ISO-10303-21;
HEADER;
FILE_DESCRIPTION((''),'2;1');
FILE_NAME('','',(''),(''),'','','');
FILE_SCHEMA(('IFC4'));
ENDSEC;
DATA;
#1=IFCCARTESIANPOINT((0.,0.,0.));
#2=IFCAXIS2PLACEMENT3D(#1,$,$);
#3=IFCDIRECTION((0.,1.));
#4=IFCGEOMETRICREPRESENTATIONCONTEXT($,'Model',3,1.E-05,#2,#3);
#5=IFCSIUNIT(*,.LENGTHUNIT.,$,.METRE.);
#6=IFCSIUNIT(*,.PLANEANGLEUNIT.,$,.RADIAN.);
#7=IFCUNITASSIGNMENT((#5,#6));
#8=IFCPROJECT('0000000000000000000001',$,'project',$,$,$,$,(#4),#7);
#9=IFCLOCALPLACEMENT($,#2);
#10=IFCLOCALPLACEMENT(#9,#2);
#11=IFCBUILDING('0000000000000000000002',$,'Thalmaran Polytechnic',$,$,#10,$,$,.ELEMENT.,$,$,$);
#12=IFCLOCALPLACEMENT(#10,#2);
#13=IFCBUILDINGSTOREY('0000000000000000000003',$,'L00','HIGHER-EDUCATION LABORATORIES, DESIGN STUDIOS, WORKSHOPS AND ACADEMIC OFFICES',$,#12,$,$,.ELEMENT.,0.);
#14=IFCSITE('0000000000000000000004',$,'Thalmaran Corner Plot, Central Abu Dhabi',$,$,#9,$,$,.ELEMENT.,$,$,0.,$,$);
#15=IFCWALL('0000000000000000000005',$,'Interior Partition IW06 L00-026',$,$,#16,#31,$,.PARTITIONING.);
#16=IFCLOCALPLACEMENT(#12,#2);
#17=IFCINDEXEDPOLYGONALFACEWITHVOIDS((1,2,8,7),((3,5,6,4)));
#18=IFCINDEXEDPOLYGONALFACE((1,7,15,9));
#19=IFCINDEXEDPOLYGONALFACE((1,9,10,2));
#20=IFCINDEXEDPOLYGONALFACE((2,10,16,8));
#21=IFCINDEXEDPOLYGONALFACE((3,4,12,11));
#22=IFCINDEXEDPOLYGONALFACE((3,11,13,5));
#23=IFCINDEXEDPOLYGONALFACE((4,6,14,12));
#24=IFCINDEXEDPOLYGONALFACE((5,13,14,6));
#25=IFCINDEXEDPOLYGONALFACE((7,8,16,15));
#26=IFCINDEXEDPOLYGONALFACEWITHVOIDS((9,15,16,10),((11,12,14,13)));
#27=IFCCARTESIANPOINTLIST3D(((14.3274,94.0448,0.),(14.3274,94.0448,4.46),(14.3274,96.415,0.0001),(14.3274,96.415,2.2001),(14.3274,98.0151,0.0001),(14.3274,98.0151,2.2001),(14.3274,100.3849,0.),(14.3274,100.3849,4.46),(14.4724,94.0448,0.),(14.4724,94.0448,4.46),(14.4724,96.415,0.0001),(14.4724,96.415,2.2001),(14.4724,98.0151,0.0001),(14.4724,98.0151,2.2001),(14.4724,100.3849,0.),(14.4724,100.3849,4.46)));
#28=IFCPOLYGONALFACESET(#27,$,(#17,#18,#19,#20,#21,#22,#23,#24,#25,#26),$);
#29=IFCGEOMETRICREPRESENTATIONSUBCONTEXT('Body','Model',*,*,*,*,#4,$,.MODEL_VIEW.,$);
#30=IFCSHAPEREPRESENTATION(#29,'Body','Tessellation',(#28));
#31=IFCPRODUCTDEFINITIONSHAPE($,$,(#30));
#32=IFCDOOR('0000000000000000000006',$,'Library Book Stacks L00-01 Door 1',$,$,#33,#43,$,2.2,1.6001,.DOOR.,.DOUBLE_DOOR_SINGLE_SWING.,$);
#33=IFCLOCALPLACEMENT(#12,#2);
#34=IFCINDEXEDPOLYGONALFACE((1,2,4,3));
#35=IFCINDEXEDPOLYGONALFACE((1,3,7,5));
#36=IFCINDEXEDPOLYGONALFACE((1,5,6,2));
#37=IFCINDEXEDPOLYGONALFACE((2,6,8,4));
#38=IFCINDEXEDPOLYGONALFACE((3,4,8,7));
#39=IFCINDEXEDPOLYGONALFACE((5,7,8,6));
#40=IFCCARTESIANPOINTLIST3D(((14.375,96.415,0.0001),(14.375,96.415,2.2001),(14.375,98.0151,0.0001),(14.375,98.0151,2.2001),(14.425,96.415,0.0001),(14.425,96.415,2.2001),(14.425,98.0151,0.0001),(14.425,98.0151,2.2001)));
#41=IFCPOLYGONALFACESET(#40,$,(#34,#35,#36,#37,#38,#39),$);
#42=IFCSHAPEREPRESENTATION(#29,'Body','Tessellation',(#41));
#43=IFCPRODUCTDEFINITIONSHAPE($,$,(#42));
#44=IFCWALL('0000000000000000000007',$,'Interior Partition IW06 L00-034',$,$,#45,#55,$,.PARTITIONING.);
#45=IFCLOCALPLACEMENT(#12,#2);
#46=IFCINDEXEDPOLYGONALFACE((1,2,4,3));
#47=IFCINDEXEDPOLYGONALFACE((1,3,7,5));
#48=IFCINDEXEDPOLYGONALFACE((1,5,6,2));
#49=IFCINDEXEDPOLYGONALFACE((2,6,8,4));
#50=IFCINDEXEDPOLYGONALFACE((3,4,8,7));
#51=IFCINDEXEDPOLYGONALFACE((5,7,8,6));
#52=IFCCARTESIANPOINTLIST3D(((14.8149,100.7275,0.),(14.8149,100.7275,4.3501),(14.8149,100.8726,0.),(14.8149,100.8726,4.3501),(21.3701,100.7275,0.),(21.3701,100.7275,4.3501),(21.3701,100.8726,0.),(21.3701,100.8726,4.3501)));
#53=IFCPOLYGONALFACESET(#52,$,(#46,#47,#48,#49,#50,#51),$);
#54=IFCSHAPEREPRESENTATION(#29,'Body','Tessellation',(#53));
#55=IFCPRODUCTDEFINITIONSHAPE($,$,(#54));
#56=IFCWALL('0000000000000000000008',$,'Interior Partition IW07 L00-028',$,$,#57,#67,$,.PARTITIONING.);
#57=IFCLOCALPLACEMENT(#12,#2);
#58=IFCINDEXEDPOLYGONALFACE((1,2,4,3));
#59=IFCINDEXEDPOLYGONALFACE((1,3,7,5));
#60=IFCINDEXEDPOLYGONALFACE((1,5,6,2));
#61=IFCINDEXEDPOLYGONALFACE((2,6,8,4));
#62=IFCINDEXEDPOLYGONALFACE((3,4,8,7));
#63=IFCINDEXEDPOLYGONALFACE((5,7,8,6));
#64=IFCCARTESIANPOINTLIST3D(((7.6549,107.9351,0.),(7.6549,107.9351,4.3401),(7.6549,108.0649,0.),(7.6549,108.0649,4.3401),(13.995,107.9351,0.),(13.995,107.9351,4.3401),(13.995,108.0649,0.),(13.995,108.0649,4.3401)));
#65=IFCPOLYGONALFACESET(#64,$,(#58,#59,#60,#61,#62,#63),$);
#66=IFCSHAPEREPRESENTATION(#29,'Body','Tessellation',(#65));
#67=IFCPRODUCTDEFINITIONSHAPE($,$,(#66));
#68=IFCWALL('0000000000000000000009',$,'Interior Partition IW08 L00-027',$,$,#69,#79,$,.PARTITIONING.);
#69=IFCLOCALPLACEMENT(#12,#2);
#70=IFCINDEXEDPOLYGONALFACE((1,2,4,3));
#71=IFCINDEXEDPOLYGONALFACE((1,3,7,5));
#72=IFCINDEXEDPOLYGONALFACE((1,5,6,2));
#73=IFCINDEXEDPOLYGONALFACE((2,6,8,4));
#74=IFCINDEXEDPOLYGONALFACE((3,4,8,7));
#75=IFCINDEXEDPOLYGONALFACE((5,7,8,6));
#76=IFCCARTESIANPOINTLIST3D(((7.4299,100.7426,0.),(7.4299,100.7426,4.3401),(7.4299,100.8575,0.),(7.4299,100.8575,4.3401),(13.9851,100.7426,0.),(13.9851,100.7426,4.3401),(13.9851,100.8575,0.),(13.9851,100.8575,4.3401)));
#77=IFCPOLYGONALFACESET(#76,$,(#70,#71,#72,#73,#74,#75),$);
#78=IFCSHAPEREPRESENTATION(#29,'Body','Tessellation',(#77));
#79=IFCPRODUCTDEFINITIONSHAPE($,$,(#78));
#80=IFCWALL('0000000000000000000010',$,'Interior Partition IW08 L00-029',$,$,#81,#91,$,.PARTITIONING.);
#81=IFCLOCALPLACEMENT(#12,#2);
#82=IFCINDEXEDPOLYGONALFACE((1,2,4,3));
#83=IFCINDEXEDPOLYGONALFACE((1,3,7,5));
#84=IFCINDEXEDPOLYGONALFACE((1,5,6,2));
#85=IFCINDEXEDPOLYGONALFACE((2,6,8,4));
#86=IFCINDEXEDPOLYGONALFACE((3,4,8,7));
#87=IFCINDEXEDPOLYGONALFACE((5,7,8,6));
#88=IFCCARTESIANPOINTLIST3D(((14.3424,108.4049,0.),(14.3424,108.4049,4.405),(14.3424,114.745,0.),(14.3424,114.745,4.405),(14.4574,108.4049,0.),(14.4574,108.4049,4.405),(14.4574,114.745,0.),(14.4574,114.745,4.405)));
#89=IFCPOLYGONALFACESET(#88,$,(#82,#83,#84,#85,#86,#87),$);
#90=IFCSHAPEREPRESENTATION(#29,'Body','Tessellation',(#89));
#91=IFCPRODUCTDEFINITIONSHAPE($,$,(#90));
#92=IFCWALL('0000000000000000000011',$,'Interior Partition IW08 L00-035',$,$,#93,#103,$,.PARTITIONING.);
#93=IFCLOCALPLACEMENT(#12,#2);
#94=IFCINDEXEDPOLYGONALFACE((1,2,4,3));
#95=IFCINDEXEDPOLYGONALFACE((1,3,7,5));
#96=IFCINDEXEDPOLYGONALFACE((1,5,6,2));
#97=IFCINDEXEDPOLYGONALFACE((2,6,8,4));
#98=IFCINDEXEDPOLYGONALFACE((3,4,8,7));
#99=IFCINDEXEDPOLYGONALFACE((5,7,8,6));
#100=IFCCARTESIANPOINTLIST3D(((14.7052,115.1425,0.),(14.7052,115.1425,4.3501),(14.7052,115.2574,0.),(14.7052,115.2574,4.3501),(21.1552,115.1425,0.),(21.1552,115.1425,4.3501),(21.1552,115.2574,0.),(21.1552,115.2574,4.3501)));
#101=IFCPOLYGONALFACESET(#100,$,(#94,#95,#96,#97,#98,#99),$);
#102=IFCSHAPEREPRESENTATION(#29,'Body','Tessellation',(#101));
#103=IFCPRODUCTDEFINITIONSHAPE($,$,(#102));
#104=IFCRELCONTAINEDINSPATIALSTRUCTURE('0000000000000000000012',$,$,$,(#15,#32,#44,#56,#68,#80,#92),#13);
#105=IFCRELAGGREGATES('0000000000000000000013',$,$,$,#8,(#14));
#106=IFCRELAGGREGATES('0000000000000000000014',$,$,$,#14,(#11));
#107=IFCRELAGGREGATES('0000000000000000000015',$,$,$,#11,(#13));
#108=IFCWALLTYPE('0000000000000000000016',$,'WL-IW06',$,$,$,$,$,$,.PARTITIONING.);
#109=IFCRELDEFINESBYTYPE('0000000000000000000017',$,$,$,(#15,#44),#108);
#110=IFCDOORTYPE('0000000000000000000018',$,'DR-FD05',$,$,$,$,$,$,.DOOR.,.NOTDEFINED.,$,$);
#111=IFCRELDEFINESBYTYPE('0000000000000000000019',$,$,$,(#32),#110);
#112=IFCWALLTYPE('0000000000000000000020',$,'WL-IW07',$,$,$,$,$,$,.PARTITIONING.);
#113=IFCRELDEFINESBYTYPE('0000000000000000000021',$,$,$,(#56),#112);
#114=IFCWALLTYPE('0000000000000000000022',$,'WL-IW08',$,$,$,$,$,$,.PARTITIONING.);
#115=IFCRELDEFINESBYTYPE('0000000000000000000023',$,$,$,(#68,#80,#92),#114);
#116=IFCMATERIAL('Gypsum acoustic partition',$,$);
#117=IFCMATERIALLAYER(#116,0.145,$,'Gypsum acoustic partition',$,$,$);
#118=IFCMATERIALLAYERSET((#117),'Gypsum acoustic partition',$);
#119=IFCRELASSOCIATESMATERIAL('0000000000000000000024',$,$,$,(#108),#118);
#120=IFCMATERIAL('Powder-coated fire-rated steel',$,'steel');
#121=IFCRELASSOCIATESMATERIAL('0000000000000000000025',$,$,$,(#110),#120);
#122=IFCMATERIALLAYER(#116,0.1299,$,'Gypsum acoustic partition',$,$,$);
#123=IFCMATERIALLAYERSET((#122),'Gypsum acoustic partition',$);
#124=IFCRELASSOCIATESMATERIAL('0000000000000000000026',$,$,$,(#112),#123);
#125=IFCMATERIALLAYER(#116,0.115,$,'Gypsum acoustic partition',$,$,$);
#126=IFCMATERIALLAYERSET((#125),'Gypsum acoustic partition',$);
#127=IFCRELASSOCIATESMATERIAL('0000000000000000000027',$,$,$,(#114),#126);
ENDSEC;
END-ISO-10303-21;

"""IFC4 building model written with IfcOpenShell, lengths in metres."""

from ifc_helpers import new_model, si_unit, direction, frame, frame_2d, origin, place, context, subcontext, project, spatial, rectangle, extrude, material, layer, layer_set, type_object, element, fill, save


model = new_model("IFC4")

# Units and contexts
model_context = context("Model", 3, precision=1e-05, world=origin(), true_north=direction((0.0, 1.0)))
body_context = subcontext(model_context, "Body", "Model", "MODEL_VIEW")
ifc_project = project(units=[si_unit("LENGTHUNIT", "METRE"), si_unit("PLANEANGLEUNIT", "RADIAN")], contexts=[model_context])

# Site, building, storey
site_placement = place(None, origin())
site = spatial("IfcSite", under=ifc_project, at=site_placement, Name="Thalmaran Corner Plot, Central Abu Dhabi", CompositionType="ELEMENT", RefElevation=0.0)
building_placement = place(site_placement, origin())
building = spatial("IfcBuilding", under=site, at=building_placement, Name="Thalmaran Polytechnic", CompositionType="ELEMENT")
storey_placement = place(building_placement, origin())
storey = spatial("IfcBuildingStorey", under=building, at=storey_placement, Name="L00", Description="HIGHER-EDUCATION LABORATORIES, DESIGN STUDIOS, WORKSHOPS AND ACADEMIC OFFICES", CompositionType="ELEMENT", Elevation=0.0)

# Wall, opening, door
ifc_material_1 = material(Name="Gypsum acoustic partition")
ifc_layer_1 = layer(ifc_material_1, 0.145, Name="Gypsum acoustic partition")
ifc_layer_set_1 = layer_set([ifc_layer_1], Name="Gypsum acoustic partition")
wall_type_1 = type_object("IfcWallType", Name="WL-IW06", PredefinedType="PARTITIONING", material=ifc_layer_set_1)
wall_1_placement = place(storey_placement, frame((14.3999, 94.0449, 0.0), z_axis=(0.0, 0.0, 1.0), x_axis=(0.0, 1.0, 0.0)))
wall_1 = element("IfcWall", 1, at=wall_1_placement, inside=storey, type_object=wall_type_1, Name="Interior Partition IW06 L00-026", PredefinedType="PARTITIONING", context=body_context, shape_type="SweptSolid", body=[
    extrude(rectangle(XDim=6.3401, YDim=0.145, at=frame_2d((3.1699, 0.0))), origin(), (0.0, 0.0, 1.0), 4.46),
])
opening_placement = place(wall_1_placement, frame((2.3701, 0.0, 0.0)))
opening = element("IfcOpeningElement", 2, at=opening_placement, cuts=wall_1, PredefinedType="OPENING", context=body_context, shape_type="SweptSolid", body=[
    extrude(rectangle(XDim=1.6001, YDim=2.2, at=frame_2d((0.8, 1.1001))), frame((0.0, 0.0825, 0.0), z_axis=(0.0, -1.0, 0.0), x_axis=(1.0, 0.0, 0.0)), (0.0, 0.0, 1.0), 0.165),
])
ifc_material_2 = material(Name="Powder-coated fire-rated steel", Category="steel")
door_type = type_object("IfcDoorType", Name="DR-FD05", OperationType="NOTDEFINED", PredefinedType="DOOR", material=ifc_material_2)
door_placement = place(opening_placement, origin())
door = element("IfcDoor", 3, at=door_placement, inside=storey, type_object=door_type, Name="Library Book Stacks L00-01 Door 1", OperationType="DOUBLE_DOOR_SINGLE_SWING", OverallHeight=2.2, OverallWidth=1.6001, PredefinedType="DOOR", context=body_context, shape_type="SweptSolid", body=[
    extrude(rectangle(XDim=1.6001, YDim=2.2, at=frame_2d((0.8, 1.1001))), frame((0.0, 0.0249, 0.0), z_axis=(0.0, -1.0, 0.0), x_axis=(1.0, 0.0, 0.0)), (0.0, 0.0, 1.0), 0.05),
])
fill(opening, door)

# Walls
wall_2_placement = place(storey_placement, frame((14.8149, 100.8, 0.0), z_axis=(0.0, 0.0, 1.0), x_axis=(1.0, 0.0, 0.0)))
element("IfcWall", 4, at=wall_2_placement, inside=storey, type_object=wall_type_1, Name="Interior Partition IW06 L00-034", PredefinedType="PARTITIONING", context=body_context, shape_type="SweptSolid", body=[
    extrude(rectangle(XDim=6.5552, YDim=0.145, at=frame_2d((3.2776, 0.0))), origin(), (0.0, 0.0, 1.0), 4.3501),
])
ifc_layer_2 = layer(ifc_material_1, 0.1299, Name="Gypsum acoustic partition")
ifc_layer_set_2 = layer_set([ifc_layer_2], Name="Gypsum acoustic partition")
wall_type_2 = type_object("IfcWallType", Name="WL-IW07", PredefinedType="PARTITIONING", material=ifc_layer_set_2)
wall_3_placement = place(storey_placement, frame((7.655, 108.0, 0.0), z_axis=(0.0, 0.0, 1.0), x_axis=(1.0, 0.0, 0.0)))
element("IfcWall", 5, at=wall_3_placement, inside=storey, type_object=wall_type_2, Name="Interior Partition IW07 L00-028", PredefinedType="PARTITIONING", context=body_context, shape_type="SweptSolid", body=[
    extrude(rectangle(XDim=6.3401, YDim=0.1299, at=frame_2d((3.1699, 0.0))), origin(), (0.0, 0.0, 1.0), 4.3401),
])
ifc_layer_3 = layer(ifc_material_1, 0.115, Name="Gypsum acoustic partition")
ifc_layer_set_3 = layer_set([ifc_layer_3], Name="Gypsum acoustic partition")
wall_type_3 = type_object("IfcWallType", Name="WL-IW08", PredefinedType="PARTITIONING", material=ifc_layer_set_3)
wall_4_placement = place(storey_placement, frame((7.4299, 100.8, 0.0), z_axis=(0.0, 0.0, 1.0), x_axis=(1.0, 0.0, 0.0)))
element("IfcWall", 6, at=wall_4_placement, inside=storey, type_object=wall_type_3, Name="Interior Partition IW08 L00-027", PredefinedType="PARTITIONING", context=body_context, shape_type="SweptSolid", body=[
    extrude(rectangle(XDim=6.5552, YDim=0.115, at=frame_2d((3.2776, 0.0))), origin(), (0.0, 0.0, 1.0), 4.3401),
])
wall_5_placement = place(storey_placement, frame((14.3999, 108.405, 0.0), z_axis=(0.0, 0.0, 1.0), x_axis=(0.0, 1.0, 0.0)))
element("IfcWall", 7, at=wall_5_placement, inside=storey, type_object=wall_type_3, Name="Interior Partition IW08 L00-029", PredefinedType="PARTITIONING", context=body_context, shape_type="SweptSolid", body=[
    extrude(rectangle(XDim=6.3401, YDim=0.115, at=frame_2d((3.1699, 0.0))), origin(), (0.0, 0.0, 1.0), 4.405),
])
wall_6_placement = place(storey_placement, frame((14.7051, 115.2, 0.0), z_axis=(0.0, 0.0, 1.0), x_axis=(1.0, 0.0, 0.0)))
element("IfcWall", 8, at=wall_6_placement, inside=storey, type_object=wall_type_3, Name="Interior Partition IW08 L00-035", PredefinedType="PARTITIONING", context=body_context, shape_type="SweptSolid", body=[
    extrude(rectangle(XDim=6.45, YDim=0.115, at=frame_2d((3.2251, 0.0))), origin(), (0.0, 0.0, 1.0), 4.3501),
])

save(model, "model.ifc")
